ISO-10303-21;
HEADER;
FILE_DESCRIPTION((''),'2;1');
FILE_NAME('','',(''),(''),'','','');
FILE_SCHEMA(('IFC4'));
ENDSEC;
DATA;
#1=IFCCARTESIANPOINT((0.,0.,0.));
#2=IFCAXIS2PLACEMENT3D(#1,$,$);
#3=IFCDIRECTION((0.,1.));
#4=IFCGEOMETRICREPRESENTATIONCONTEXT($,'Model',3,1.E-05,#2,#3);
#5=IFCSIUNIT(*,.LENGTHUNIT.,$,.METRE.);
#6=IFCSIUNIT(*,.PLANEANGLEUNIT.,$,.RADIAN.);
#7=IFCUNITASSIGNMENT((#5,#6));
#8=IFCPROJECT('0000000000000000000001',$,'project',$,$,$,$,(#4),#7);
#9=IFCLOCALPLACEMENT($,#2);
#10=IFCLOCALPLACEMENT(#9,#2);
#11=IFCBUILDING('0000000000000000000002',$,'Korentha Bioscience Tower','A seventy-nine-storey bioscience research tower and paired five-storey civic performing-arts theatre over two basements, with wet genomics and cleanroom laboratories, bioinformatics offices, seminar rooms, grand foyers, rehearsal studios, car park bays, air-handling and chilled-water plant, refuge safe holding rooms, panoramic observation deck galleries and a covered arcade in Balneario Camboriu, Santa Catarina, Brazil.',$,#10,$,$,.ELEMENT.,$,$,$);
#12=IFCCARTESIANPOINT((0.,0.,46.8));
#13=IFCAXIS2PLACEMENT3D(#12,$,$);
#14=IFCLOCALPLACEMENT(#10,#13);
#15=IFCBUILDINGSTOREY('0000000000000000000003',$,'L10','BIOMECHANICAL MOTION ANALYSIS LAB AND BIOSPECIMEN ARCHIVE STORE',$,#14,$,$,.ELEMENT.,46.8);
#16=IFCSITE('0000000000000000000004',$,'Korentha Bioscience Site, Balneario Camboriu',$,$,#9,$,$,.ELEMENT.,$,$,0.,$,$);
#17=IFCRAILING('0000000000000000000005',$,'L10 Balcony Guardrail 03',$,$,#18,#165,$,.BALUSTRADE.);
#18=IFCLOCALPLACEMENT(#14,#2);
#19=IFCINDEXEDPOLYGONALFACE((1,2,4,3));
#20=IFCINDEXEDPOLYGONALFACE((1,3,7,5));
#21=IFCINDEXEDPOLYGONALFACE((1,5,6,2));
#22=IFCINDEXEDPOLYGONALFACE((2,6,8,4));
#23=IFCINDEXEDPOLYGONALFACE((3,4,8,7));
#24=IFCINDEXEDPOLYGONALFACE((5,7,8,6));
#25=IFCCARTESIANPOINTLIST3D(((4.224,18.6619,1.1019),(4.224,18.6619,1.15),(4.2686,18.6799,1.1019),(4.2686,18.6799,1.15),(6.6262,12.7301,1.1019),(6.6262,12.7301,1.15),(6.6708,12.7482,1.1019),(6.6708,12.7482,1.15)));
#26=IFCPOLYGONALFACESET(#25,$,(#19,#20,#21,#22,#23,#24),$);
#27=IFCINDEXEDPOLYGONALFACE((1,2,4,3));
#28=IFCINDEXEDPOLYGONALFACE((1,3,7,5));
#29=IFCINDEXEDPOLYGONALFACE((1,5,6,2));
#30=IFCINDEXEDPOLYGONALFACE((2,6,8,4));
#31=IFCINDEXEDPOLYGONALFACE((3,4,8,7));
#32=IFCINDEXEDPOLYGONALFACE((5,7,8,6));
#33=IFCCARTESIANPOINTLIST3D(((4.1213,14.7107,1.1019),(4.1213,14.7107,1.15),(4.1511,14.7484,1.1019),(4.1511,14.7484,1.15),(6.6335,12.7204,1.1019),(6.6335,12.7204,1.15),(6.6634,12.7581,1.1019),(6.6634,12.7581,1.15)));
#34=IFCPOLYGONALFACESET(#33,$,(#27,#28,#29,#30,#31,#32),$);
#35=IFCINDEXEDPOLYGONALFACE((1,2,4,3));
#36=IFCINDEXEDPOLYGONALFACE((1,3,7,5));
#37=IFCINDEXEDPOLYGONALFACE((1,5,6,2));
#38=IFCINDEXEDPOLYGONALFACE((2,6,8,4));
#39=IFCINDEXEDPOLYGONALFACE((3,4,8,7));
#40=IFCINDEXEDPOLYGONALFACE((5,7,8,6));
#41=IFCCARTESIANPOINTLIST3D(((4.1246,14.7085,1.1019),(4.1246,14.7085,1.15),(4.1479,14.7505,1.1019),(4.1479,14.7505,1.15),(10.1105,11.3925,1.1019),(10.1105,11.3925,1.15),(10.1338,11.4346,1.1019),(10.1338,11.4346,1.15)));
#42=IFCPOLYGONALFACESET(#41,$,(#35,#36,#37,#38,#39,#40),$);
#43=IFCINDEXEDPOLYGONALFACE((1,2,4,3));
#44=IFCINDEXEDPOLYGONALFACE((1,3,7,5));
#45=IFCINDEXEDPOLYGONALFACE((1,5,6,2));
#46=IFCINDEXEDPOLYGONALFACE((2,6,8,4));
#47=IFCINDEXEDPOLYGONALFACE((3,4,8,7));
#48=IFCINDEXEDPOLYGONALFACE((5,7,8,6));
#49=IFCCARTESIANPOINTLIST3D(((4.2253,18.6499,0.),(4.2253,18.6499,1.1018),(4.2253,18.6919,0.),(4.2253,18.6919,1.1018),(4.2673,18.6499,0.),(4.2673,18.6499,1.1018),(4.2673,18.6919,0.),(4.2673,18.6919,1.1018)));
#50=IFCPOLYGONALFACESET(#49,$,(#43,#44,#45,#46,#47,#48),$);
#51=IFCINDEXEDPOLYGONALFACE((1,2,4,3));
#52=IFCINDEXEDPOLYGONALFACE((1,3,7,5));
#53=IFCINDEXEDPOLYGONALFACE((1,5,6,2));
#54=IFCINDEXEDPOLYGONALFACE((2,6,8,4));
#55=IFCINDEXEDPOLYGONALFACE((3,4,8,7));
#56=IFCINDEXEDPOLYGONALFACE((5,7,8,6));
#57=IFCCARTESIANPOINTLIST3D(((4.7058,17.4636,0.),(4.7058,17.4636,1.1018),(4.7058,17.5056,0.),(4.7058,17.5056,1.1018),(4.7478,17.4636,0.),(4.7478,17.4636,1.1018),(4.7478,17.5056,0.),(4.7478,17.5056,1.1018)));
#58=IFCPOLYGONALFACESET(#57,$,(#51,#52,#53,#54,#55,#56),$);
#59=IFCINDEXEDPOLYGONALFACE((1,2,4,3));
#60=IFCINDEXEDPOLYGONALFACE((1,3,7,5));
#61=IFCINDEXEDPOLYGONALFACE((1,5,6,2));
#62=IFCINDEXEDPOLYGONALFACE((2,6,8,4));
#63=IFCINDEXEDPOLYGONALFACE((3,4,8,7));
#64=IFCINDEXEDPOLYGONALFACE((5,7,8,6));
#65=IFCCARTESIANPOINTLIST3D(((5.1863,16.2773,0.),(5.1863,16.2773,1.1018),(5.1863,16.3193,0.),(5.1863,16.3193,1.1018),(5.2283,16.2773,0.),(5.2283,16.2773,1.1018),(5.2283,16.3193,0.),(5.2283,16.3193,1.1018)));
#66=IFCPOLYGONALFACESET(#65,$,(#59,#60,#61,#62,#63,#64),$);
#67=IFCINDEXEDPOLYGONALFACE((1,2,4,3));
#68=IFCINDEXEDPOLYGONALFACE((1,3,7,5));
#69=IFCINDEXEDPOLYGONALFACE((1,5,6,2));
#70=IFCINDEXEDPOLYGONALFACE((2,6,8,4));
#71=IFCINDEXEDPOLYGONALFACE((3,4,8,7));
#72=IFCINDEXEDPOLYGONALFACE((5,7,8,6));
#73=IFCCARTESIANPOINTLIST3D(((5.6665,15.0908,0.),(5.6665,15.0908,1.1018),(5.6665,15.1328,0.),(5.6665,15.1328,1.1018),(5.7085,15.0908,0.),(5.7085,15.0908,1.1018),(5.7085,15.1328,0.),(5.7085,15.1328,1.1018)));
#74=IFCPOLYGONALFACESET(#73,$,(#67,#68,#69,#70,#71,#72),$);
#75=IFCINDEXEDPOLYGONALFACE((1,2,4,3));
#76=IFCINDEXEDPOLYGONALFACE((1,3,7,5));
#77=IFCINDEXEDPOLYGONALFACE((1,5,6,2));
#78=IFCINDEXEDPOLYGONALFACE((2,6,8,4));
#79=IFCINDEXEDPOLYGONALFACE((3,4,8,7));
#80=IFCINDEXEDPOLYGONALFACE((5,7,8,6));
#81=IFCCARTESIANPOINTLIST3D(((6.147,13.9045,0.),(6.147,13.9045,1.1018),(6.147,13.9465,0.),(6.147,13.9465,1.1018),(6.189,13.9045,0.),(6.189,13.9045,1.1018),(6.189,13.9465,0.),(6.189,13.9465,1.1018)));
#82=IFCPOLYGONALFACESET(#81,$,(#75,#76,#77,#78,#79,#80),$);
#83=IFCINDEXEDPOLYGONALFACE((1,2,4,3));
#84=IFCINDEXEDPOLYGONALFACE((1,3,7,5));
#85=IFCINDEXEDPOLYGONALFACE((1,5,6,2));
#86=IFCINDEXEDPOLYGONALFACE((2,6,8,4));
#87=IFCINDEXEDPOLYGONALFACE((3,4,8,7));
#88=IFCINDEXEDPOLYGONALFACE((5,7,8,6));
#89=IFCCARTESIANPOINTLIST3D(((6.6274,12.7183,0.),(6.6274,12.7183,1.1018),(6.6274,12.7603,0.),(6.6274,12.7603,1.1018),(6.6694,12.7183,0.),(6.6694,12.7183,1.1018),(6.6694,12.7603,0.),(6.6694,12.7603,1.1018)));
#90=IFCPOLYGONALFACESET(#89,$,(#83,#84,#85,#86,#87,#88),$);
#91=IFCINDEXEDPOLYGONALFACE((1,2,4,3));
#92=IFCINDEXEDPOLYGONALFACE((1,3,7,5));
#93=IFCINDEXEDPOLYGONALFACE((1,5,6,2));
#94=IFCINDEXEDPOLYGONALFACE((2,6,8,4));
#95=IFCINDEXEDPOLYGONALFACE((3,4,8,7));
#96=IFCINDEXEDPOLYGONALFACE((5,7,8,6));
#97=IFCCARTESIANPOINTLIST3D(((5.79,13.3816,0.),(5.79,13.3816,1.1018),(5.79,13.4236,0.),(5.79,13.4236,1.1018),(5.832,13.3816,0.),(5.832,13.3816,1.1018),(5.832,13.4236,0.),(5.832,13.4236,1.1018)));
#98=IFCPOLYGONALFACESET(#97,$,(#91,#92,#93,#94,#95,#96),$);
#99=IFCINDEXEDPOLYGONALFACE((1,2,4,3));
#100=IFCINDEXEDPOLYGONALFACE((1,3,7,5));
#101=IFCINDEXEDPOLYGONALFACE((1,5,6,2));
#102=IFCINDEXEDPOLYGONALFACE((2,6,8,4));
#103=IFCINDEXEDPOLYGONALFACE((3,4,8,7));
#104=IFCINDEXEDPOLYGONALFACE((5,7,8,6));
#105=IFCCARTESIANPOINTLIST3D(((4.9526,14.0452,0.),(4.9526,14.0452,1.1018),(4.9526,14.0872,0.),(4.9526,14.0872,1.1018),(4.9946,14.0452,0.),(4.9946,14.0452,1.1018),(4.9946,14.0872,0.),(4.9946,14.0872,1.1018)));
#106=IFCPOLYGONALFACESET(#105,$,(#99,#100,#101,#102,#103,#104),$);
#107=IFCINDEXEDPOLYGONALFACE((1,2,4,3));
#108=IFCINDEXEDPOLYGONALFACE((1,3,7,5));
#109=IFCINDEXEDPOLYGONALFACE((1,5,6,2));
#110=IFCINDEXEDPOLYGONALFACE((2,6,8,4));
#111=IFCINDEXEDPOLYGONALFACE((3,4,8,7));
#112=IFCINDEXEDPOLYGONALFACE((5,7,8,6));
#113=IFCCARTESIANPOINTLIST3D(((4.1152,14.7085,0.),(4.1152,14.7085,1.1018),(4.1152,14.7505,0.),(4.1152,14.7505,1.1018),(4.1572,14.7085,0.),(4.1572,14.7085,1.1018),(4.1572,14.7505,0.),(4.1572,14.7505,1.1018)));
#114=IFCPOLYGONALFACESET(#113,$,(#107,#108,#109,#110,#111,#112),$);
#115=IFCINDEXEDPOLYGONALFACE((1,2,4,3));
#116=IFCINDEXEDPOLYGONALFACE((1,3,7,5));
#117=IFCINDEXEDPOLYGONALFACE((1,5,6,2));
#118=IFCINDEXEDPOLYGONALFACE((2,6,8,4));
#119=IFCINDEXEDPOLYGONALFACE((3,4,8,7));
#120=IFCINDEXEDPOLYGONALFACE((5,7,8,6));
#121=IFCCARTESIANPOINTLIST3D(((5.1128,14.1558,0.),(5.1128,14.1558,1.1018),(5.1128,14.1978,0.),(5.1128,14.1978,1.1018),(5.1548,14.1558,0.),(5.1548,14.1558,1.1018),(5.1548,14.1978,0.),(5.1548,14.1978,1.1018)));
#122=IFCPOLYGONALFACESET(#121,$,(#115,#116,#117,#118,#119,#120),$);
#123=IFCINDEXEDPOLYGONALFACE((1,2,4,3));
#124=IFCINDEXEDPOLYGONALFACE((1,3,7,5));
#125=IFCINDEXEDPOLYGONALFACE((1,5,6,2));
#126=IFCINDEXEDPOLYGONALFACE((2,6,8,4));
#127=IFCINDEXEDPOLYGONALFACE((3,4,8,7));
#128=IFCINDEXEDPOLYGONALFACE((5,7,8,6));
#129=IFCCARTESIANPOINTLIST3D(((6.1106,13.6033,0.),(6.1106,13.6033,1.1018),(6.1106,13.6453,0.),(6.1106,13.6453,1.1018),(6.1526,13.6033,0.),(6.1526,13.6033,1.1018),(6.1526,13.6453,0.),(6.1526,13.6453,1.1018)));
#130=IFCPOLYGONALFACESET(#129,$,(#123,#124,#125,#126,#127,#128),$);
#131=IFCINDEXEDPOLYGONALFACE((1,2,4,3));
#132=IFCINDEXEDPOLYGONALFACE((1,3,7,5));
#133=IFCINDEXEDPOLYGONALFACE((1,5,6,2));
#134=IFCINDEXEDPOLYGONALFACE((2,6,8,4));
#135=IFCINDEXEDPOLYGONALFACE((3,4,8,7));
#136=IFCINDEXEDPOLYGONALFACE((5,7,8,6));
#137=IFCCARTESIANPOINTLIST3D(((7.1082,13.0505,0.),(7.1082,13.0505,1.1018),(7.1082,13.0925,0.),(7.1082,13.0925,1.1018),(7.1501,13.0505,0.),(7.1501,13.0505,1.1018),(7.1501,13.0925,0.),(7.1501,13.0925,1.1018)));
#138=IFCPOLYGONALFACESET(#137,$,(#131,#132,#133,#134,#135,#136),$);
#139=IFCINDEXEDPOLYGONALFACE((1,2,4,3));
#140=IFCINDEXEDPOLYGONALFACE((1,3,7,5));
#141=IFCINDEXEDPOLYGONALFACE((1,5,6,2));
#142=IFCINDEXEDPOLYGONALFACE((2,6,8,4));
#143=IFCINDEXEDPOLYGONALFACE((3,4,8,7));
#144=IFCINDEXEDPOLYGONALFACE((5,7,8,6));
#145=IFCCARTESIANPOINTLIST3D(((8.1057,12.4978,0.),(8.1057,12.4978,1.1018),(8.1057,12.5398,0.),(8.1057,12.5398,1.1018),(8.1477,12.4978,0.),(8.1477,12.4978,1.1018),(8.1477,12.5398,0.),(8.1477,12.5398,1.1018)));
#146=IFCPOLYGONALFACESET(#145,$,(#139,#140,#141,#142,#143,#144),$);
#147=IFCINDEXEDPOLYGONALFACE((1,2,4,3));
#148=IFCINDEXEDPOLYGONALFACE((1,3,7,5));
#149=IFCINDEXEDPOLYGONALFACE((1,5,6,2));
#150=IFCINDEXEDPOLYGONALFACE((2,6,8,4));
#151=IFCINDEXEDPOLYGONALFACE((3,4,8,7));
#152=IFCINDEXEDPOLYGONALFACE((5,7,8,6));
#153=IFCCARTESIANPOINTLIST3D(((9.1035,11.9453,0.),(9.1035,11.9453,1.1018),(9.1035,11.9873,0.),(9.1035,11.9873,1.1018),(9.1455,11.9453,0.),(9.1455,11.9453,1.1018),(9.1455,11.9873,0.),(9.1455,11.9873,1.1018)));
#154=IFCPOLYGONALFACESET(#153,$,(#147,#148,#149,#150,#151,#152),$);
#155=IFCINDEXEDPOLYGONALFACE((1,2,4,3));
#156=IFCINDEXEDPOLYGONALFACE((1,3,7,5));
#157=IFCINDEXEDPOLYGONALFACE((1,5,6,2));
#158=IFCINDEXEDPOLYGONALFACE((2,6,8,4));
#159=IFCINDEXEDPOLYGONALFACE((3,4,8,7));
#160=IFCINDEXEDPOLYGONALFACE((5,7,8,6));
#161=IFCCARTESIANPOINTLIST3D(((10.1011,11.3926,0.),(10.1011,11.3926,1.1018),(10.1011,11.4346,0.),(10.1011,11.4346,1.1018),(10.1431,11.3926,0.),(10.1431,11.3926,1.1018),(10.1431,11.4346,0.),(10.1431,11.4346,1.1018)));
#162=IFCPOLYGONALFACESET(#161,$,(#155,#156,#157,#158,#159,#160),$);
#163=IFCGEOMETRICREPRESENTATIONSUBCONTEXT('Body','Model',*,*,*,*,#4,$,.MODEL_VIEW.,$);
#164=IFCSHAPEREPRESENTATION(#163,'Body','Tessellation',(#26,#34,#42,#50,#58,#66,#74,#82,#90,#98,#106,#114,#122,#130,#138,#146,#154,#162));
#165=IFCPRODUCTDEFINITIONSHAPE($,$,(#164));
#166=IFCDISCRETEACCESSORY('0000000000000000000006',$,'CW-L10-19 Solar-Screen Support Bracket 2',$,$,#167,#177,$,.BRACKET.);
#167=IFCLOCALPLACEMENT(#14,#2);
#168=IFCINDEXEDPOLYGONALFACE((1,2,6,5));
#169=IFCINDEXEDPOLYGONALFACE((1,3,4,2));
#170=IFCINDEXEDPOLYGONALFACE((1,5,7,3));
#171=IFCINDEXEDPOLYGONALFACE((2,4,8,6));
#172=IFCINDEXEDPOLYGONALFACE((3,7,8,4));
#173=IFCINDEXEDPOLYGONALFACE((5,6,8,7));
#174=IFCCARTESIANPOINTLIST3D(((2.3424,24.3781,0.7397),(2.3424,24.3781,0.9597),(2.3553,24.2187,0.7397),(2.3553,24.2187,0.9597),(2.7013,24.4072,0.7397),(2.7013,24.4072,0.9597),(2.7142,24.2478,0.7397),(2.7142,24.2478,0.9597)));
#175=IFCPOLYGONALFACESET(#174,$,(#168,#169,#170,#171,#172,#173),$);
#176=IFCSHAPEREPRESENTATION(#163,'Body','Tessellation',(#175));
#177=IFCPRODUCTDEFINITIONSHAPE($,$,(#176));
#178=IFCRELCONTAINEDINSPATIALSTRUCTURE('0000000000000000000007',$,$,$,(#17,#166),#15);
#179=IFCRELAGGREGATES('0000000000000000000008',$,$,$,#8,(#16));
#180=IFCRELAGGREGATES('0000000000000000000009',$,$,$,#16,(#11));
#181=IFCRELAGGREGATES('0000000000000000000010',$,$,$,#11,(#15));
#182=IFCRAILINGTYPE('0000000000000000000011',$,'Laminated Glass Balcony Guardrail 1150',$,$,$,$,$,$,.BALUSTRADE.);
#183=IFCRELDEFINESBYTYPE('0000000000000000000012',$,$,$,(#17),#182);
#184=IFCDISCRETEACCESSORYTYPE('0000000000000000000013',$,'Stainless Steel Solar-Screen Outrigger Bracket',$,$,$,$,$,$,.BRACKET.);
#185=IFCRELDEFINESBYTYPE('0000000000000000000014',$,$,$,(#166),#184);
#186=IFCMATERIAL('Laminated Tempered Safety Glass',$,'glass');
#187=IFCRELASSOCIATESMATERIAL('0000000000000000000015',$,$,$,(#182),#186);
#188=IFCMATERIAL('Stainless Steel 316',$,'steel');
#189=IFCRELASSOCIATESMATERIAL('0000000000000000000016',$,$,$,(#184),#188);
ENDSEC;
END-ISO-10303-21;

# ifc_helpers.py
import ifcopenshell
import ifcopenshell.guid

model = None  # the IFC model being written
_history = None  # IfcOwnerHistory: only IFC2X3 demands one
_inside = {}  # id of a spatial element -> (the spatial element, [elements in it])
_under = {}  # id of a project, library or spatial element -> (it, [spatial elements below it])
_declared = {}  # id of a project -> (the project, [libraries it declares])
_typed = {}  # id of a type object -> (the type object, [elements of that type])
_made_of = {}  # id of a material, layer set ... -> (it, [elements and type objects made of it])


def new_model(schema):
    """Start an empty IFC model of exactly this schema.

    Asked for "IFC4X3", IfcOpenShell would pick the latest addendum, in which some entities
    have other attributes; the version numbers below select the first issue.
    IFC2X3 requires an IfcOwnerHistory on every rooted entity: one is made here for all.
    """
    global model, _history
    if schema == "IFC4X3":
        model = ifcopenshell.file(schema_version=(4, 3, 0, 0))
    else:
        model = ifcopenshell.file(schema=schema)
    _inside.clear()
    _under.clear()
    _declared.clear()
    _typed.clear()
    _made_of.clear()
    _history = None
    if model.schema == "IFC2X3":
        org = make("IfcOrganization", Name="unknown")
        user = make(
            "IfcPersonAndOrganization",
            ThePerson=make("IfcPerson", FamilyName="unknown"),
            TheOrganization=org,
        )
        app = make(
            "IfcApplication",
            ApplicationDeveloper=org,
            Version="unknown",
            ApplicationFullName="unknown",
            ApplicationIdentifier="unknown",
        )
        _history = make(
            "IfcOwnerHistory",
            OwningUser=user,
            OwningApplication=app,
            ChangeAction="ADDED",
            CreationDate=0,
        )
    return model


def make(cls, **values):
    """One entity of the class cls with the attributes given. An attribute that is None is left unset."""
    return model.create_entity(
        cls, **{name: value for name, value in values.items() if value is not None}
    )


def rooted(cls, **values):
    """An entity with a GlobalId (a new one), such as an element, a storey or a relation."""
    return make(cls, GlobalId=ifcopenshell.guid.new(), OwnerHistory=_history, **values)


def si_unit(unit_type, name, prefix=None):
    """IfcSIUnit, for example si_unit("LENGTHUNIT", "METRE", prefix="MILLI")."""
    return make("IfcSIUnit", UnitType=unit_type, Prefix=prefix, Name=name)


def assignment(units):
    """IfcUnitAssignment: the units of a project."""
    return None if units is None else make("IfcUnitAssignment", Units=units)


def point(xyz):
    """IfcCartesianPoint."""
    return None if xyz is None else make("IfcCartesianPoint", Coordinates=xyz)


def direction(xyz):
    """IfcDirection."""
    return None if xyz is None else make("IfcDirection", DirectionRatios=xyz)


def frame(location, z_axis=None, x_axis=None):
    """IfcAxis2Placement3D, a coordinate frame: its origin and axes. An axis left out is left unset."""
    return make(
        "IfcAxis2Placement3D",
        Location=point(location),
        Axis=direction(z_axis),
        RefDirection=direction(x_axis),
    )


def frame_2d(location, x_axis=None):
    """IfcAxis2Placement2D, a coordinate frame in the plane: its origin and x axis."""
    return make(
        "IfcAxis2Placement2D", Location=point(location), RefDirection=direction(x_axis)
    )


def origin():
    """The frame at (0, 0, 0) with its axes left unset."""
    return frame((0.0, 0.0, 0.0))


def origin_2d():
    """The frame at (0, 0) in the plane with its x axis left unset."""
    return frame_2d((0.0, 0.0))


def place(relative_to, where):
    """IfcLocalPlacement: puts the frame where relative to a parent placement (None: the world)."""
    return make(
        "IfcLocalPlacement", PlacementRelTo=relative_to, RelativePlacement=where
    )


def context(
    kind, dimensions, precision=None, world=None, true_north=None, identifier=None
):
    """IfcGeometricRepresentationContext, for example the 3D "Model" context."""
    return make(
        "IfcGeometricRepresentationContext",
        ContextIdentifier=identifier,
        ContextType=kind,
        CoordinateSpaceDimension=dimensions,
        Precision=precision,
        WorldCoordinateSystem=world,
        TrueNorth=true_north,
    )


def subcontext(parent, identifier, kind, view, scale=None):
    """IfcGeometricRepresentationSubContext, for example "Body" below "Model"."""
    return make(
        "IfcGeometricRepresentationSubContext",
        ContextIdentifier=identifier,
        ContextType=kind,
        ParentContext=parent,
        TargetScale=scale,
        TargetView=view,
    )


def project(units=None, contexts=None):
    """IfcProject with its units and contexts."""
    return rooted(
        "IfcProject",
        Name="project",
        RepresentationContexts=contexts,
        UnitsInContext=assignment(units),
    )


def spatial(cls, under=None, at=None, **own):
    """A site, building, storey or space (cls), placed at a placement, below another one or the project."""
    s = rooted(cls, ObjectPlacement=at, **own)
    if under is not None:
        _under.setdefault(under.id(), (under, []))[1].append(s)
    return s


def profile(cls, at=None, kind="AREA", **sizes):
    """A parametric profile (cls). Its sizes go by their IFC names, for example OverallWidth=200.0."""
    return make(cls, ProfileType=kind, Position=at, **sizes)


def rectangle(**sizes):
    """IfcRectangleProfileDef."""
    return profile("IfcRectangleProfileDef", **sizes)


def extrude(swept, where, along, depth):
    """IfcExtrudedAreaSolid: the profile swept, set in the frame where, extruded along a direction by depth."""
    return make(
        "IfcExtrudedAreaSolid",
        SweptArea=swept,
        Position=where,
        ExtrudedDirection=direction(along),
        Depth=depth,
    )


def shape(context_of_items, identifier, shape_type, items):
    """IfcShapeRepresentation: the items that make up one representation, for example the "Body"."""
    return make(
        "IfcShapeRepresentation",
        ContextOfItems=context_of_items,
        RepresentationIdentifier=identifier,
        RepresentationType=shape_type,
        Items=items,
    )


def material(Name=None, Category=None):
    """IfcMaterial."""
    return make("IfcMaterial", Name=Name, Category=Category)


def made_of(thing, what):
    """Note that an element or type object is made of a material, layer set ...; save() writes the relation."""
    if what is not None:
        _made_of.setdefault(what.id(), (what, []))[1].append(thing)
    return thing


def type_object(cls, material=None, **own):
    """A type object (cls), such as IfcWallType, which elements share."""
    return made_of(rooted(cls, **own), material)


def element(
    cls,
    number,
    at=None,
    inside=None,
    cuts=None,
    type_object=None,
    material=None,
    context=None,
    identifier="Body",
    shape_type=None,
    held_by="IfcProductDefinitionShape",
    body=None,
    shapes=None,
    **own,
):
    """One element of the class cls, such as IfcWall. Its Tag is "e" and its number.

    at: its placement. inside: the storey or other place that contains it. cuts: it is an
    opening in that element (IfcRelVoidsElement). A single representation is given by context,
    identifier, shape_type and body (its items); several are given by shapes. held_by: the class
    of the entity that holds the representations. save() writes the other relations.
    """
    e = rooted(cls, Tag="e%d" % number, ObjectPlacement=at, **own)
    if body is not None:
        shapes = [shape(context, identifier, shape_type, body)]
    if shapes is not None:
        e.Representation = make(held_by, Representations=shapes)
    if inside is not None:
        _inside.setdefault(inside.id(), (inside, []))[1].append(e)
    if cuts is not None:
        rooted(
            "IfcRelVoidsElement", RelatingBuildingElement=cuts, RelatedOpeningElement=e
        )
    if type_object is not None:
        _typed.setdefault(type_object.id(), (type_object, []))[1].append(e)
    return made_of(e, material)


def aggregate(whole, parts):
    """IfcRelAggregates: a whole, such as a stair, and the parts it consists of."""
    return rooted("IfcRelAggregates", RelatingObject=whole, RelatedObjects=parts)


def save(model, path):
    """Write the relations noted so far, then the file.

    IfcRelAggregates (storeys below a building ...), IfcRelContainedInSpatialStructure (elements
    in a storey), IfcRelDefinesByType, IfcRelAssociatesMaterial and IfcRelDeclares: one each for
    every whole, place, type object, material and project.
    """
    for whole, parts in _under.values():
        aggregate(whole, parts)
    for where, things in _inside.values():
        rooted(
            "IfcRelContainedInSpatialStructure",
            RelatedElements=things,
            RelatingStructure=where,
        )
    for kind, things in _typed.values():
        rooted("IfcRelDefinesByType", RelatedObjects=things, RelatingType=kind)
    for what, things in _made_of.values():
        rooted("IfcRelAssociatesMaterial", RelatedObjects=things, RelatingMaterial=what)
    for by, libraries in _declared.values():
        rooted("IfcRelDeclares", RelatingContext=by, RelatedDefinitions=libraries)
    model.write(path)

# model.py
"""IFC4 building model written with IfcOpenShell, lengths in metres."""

from ifc_helpers import new_model, si_unit, direction, frame, origin, origin_2d, place, context, subcontext, project, spatial, rectangle, extrude, material, type_object, element, save


model = new_model("IFC4")

# Units and contexts
model_context = context("Model", 3, precision=1e-05, world=origin(), true_north=direction((0.0, 1.0)))
body_context = subcontext(model_context, "Body", "Model", "MODEL_VIEW")
ifc_project = project(units=[si_unit("LENGTHUNIT", "METRE"), si_unit("PLANEANGLEUNIT", "RADIAN")], contexts=[model_context])

# Site, building, storey
site_placement = place(None, origin())
site = spatial("IfcSite", under=ifc_project, at=site_placement, Name="Korentha Bioscience Site, Balneario Camboriu", CompositionType="ELEMENT", RefElevation=0.0)
building_placement = place(site_placement, origin())
building = spatial("IfcBuilding", under=site, at=building_placement, Name="Korentha Bioscience Tower", Description="A seventy-nine-storey bioscience research tower and paired five-storey civic performing-arts theatre over two basements, with wet genomics and cleanroom laboratories, bioinformatics offices, seminar rooms, grand foyers, rehearsal studios, car park bays, air-handling and chilled-water plant, refuge safe holding rooms, panoramic observation deck galleries and a covered arcade in Balneario Camboriu, Santa Catarina, Brazil.", CompositionType="ELEMENT")
storey_placement = place(building_placement, frame((0.0, 0.0, 46.8)))
storey = spatial("IfcBuildingStorey", under=building, at=storey_placement, Name="L10", Description="BIOMECHANICAL MOTION ANALYSIS LAB AND BIOSPECIMEN ARCHIVE STORE", CompositionType="ELEMENT", Elevation=46.8)

# Railing
ifc_material_1 = material(Name="Laminated Tempered Safety Glass", Category="glass")
railing_type = type_object("IfcRailingType", Name="Laminated Glass Balcony Guardrail 1150", PredefinedType="BALUSTRADE", material=ifc_material_1)
railing_placement = place(storey_placement, frame((4.2463, 18.6709, 0.0)))
element("IfcRailing", 1, at=railing_placement, inside=storey, type_object=railing_type, Name="L10 Balcony Guardrail 03", PredefinedType="BALUSTRADE", context=body_context, shape_type="SweptSolid", body=[
    extrude(rectangle(XDim=0.0481, YDim=0.0481, at=origin_2d()), frame((0.0, 0.0, 1.126), z_axis=(0.375354, -0.926882, 0.0), x_axis=(0.926882, 0.375354, 0.0)), (0.0, 0.0, 1.0), 6.3997),
    extrude(rectangle(XDim=0.0481, YDim=0.0481, at=origin_2d()), frame((2.4021, -5.9316, 1.126), z_axis=(-0.783833, 0.620972, 0.0), x_axis=(-0.620972, -0.783833, 0.0)), (0.0, 0.0, 1.0), 3.2051),
    extrude(rectangle(XDim=0.0481, YDim=0.0481, at=origin_2d()), frame((-0.1101, -3.9414, 1.126), z_axis=(0.874749, -0.484576, 0.0), x_axis=(0.484576, 0.874749, 0.0)), (0.0, 0.0, 1.0), 6.843),
    extrude(rectangle(XDim=0.042, YDim=0.042, at=origin_2d()), origin(), (0.0, 0.0, 1.0), 1.1018),
    extrude(rectangle(XDim=0.042, YDim=0.042, at=origin_2d()), frame((0.4805, -1.1863, 0.0)), (0.0, 0.0, 1.0), 1.1018),
    extrude(rectangle(XDim=0.042, YDim=0.042, at=origin_2d()), frame((0.9609, -2.3726, 0.0)), (0.0, 0.0, 1.0), 1.1018),
    extrude(rectangle(XDim=0.042, YDim=0.042, at=origin_2d()), frame((1.4412, -3.5591, 0.0)), (0.0, 0.0, 1.0), 1.1018),
    extrude(rectangle(XDim=0.042, YDim=0.042, at=origin_2d()), frame((1.9216, -4.7454, 0.0)), (0.0, 0.0, 1.0), 1.1018),
    extrude(rectangle(XDim=0.042, YDim=0.042, at=origin_2d()), frame((2.4021, -5.9316, 0.0)), (0.0, 0.0, 1.0), 1.1018),
    extrude(rectangle(XDim=0.042, YDim=0.042, at=origin_2d()), frame((1.5647, -5.2683, 0.0)), (0.0, 0.0, 1.0), 1.1018),
    extrude(rectangle(XDim=0.042, YDim=0.042, at=origin_2d()), frame((0.7273, -4.6047, 0.0)), (0.0, 0.0, 1.0), 1.1018),
    extrude(rectangle(XDim=0.042, YDim=0.042, at=origin_2d()), frame((-0.1101, -3.9414, 0.0)), (0.0, 0.0, 1.0), 1.1018),
    extrude(rectangle(XDim=0.042, YDim=0.042, at=origin_2d()), frame((0.8875, -4.4941, 0.0)), (0.0, 0.0, 1.0), 1.1018),
    extrude(rectangle(XDim=0.042, YDim=0.042, at=origin_2d()), frame((1.8853, -5.0466, 0.0)), (0.0, 0.0, 1.0), 1.1018),
    extrude(rectangle(XDim=0.042, YDim=0.042, at=origin_2d()), frame((2.8828, -5.5994, 0.0)), (0.0, 0.0, 1.0), 1.1018),
    extrude(rectangle(XDim=0.042, YDim=0.042, at=origin_2d()), frame((3.8804, -6.1521, 0.0)), (0.0, 0.0, 1.0), 1.1018),
    extrude(rectangle(XDim=0.042, YDim=0.042, at=origin_2d()), frame((4.8782, -6.7046, 0.0)), (0.0, 0.0, 1.0), 1.1018),
    extrude(rectangle(XDim=0.042, YDim=0.042, at=origin_2d()), frame((5.8757, -7.2573, 0.0)), (0.0, 0.0, 1.0), 1.1018),
])

# Discrete accessory
ifc_material_2 = material(Name="Stainless Steel 316", Category="steel")
discrete_accessory_type = type_object("IfcDiscreteAccessoryType", Name="Stainless Steel Solar-Screen Outrigger Bracket", PredefinedType="BRACKET", material=ifc_material_2)
discrete_accessory_placement = place(storey_placement, frame((2.5283, 24.313, 0.7397), z_axis=(0.0, 0.0, 1.0), x_axis=(0.08082, -0.996729, 0.0)))
element("IfcDiscreteAccessory", 2, at=discrete_accessory_placement, inside=storey, type_object=discrete_accessory_type, Name="CW-L10-19 Solar-Screen Support Bracket 2", PredefinedType="BRACKET", context=body_context, shape_type="SweptSolid", body=[
    extrude(rectangle(XDim=0.1599, YDim=0.3601, at=origin_2d()), origin(), (0.0, 0.0, 1.0), 0.22),
])

save(model, "model.ifc")
